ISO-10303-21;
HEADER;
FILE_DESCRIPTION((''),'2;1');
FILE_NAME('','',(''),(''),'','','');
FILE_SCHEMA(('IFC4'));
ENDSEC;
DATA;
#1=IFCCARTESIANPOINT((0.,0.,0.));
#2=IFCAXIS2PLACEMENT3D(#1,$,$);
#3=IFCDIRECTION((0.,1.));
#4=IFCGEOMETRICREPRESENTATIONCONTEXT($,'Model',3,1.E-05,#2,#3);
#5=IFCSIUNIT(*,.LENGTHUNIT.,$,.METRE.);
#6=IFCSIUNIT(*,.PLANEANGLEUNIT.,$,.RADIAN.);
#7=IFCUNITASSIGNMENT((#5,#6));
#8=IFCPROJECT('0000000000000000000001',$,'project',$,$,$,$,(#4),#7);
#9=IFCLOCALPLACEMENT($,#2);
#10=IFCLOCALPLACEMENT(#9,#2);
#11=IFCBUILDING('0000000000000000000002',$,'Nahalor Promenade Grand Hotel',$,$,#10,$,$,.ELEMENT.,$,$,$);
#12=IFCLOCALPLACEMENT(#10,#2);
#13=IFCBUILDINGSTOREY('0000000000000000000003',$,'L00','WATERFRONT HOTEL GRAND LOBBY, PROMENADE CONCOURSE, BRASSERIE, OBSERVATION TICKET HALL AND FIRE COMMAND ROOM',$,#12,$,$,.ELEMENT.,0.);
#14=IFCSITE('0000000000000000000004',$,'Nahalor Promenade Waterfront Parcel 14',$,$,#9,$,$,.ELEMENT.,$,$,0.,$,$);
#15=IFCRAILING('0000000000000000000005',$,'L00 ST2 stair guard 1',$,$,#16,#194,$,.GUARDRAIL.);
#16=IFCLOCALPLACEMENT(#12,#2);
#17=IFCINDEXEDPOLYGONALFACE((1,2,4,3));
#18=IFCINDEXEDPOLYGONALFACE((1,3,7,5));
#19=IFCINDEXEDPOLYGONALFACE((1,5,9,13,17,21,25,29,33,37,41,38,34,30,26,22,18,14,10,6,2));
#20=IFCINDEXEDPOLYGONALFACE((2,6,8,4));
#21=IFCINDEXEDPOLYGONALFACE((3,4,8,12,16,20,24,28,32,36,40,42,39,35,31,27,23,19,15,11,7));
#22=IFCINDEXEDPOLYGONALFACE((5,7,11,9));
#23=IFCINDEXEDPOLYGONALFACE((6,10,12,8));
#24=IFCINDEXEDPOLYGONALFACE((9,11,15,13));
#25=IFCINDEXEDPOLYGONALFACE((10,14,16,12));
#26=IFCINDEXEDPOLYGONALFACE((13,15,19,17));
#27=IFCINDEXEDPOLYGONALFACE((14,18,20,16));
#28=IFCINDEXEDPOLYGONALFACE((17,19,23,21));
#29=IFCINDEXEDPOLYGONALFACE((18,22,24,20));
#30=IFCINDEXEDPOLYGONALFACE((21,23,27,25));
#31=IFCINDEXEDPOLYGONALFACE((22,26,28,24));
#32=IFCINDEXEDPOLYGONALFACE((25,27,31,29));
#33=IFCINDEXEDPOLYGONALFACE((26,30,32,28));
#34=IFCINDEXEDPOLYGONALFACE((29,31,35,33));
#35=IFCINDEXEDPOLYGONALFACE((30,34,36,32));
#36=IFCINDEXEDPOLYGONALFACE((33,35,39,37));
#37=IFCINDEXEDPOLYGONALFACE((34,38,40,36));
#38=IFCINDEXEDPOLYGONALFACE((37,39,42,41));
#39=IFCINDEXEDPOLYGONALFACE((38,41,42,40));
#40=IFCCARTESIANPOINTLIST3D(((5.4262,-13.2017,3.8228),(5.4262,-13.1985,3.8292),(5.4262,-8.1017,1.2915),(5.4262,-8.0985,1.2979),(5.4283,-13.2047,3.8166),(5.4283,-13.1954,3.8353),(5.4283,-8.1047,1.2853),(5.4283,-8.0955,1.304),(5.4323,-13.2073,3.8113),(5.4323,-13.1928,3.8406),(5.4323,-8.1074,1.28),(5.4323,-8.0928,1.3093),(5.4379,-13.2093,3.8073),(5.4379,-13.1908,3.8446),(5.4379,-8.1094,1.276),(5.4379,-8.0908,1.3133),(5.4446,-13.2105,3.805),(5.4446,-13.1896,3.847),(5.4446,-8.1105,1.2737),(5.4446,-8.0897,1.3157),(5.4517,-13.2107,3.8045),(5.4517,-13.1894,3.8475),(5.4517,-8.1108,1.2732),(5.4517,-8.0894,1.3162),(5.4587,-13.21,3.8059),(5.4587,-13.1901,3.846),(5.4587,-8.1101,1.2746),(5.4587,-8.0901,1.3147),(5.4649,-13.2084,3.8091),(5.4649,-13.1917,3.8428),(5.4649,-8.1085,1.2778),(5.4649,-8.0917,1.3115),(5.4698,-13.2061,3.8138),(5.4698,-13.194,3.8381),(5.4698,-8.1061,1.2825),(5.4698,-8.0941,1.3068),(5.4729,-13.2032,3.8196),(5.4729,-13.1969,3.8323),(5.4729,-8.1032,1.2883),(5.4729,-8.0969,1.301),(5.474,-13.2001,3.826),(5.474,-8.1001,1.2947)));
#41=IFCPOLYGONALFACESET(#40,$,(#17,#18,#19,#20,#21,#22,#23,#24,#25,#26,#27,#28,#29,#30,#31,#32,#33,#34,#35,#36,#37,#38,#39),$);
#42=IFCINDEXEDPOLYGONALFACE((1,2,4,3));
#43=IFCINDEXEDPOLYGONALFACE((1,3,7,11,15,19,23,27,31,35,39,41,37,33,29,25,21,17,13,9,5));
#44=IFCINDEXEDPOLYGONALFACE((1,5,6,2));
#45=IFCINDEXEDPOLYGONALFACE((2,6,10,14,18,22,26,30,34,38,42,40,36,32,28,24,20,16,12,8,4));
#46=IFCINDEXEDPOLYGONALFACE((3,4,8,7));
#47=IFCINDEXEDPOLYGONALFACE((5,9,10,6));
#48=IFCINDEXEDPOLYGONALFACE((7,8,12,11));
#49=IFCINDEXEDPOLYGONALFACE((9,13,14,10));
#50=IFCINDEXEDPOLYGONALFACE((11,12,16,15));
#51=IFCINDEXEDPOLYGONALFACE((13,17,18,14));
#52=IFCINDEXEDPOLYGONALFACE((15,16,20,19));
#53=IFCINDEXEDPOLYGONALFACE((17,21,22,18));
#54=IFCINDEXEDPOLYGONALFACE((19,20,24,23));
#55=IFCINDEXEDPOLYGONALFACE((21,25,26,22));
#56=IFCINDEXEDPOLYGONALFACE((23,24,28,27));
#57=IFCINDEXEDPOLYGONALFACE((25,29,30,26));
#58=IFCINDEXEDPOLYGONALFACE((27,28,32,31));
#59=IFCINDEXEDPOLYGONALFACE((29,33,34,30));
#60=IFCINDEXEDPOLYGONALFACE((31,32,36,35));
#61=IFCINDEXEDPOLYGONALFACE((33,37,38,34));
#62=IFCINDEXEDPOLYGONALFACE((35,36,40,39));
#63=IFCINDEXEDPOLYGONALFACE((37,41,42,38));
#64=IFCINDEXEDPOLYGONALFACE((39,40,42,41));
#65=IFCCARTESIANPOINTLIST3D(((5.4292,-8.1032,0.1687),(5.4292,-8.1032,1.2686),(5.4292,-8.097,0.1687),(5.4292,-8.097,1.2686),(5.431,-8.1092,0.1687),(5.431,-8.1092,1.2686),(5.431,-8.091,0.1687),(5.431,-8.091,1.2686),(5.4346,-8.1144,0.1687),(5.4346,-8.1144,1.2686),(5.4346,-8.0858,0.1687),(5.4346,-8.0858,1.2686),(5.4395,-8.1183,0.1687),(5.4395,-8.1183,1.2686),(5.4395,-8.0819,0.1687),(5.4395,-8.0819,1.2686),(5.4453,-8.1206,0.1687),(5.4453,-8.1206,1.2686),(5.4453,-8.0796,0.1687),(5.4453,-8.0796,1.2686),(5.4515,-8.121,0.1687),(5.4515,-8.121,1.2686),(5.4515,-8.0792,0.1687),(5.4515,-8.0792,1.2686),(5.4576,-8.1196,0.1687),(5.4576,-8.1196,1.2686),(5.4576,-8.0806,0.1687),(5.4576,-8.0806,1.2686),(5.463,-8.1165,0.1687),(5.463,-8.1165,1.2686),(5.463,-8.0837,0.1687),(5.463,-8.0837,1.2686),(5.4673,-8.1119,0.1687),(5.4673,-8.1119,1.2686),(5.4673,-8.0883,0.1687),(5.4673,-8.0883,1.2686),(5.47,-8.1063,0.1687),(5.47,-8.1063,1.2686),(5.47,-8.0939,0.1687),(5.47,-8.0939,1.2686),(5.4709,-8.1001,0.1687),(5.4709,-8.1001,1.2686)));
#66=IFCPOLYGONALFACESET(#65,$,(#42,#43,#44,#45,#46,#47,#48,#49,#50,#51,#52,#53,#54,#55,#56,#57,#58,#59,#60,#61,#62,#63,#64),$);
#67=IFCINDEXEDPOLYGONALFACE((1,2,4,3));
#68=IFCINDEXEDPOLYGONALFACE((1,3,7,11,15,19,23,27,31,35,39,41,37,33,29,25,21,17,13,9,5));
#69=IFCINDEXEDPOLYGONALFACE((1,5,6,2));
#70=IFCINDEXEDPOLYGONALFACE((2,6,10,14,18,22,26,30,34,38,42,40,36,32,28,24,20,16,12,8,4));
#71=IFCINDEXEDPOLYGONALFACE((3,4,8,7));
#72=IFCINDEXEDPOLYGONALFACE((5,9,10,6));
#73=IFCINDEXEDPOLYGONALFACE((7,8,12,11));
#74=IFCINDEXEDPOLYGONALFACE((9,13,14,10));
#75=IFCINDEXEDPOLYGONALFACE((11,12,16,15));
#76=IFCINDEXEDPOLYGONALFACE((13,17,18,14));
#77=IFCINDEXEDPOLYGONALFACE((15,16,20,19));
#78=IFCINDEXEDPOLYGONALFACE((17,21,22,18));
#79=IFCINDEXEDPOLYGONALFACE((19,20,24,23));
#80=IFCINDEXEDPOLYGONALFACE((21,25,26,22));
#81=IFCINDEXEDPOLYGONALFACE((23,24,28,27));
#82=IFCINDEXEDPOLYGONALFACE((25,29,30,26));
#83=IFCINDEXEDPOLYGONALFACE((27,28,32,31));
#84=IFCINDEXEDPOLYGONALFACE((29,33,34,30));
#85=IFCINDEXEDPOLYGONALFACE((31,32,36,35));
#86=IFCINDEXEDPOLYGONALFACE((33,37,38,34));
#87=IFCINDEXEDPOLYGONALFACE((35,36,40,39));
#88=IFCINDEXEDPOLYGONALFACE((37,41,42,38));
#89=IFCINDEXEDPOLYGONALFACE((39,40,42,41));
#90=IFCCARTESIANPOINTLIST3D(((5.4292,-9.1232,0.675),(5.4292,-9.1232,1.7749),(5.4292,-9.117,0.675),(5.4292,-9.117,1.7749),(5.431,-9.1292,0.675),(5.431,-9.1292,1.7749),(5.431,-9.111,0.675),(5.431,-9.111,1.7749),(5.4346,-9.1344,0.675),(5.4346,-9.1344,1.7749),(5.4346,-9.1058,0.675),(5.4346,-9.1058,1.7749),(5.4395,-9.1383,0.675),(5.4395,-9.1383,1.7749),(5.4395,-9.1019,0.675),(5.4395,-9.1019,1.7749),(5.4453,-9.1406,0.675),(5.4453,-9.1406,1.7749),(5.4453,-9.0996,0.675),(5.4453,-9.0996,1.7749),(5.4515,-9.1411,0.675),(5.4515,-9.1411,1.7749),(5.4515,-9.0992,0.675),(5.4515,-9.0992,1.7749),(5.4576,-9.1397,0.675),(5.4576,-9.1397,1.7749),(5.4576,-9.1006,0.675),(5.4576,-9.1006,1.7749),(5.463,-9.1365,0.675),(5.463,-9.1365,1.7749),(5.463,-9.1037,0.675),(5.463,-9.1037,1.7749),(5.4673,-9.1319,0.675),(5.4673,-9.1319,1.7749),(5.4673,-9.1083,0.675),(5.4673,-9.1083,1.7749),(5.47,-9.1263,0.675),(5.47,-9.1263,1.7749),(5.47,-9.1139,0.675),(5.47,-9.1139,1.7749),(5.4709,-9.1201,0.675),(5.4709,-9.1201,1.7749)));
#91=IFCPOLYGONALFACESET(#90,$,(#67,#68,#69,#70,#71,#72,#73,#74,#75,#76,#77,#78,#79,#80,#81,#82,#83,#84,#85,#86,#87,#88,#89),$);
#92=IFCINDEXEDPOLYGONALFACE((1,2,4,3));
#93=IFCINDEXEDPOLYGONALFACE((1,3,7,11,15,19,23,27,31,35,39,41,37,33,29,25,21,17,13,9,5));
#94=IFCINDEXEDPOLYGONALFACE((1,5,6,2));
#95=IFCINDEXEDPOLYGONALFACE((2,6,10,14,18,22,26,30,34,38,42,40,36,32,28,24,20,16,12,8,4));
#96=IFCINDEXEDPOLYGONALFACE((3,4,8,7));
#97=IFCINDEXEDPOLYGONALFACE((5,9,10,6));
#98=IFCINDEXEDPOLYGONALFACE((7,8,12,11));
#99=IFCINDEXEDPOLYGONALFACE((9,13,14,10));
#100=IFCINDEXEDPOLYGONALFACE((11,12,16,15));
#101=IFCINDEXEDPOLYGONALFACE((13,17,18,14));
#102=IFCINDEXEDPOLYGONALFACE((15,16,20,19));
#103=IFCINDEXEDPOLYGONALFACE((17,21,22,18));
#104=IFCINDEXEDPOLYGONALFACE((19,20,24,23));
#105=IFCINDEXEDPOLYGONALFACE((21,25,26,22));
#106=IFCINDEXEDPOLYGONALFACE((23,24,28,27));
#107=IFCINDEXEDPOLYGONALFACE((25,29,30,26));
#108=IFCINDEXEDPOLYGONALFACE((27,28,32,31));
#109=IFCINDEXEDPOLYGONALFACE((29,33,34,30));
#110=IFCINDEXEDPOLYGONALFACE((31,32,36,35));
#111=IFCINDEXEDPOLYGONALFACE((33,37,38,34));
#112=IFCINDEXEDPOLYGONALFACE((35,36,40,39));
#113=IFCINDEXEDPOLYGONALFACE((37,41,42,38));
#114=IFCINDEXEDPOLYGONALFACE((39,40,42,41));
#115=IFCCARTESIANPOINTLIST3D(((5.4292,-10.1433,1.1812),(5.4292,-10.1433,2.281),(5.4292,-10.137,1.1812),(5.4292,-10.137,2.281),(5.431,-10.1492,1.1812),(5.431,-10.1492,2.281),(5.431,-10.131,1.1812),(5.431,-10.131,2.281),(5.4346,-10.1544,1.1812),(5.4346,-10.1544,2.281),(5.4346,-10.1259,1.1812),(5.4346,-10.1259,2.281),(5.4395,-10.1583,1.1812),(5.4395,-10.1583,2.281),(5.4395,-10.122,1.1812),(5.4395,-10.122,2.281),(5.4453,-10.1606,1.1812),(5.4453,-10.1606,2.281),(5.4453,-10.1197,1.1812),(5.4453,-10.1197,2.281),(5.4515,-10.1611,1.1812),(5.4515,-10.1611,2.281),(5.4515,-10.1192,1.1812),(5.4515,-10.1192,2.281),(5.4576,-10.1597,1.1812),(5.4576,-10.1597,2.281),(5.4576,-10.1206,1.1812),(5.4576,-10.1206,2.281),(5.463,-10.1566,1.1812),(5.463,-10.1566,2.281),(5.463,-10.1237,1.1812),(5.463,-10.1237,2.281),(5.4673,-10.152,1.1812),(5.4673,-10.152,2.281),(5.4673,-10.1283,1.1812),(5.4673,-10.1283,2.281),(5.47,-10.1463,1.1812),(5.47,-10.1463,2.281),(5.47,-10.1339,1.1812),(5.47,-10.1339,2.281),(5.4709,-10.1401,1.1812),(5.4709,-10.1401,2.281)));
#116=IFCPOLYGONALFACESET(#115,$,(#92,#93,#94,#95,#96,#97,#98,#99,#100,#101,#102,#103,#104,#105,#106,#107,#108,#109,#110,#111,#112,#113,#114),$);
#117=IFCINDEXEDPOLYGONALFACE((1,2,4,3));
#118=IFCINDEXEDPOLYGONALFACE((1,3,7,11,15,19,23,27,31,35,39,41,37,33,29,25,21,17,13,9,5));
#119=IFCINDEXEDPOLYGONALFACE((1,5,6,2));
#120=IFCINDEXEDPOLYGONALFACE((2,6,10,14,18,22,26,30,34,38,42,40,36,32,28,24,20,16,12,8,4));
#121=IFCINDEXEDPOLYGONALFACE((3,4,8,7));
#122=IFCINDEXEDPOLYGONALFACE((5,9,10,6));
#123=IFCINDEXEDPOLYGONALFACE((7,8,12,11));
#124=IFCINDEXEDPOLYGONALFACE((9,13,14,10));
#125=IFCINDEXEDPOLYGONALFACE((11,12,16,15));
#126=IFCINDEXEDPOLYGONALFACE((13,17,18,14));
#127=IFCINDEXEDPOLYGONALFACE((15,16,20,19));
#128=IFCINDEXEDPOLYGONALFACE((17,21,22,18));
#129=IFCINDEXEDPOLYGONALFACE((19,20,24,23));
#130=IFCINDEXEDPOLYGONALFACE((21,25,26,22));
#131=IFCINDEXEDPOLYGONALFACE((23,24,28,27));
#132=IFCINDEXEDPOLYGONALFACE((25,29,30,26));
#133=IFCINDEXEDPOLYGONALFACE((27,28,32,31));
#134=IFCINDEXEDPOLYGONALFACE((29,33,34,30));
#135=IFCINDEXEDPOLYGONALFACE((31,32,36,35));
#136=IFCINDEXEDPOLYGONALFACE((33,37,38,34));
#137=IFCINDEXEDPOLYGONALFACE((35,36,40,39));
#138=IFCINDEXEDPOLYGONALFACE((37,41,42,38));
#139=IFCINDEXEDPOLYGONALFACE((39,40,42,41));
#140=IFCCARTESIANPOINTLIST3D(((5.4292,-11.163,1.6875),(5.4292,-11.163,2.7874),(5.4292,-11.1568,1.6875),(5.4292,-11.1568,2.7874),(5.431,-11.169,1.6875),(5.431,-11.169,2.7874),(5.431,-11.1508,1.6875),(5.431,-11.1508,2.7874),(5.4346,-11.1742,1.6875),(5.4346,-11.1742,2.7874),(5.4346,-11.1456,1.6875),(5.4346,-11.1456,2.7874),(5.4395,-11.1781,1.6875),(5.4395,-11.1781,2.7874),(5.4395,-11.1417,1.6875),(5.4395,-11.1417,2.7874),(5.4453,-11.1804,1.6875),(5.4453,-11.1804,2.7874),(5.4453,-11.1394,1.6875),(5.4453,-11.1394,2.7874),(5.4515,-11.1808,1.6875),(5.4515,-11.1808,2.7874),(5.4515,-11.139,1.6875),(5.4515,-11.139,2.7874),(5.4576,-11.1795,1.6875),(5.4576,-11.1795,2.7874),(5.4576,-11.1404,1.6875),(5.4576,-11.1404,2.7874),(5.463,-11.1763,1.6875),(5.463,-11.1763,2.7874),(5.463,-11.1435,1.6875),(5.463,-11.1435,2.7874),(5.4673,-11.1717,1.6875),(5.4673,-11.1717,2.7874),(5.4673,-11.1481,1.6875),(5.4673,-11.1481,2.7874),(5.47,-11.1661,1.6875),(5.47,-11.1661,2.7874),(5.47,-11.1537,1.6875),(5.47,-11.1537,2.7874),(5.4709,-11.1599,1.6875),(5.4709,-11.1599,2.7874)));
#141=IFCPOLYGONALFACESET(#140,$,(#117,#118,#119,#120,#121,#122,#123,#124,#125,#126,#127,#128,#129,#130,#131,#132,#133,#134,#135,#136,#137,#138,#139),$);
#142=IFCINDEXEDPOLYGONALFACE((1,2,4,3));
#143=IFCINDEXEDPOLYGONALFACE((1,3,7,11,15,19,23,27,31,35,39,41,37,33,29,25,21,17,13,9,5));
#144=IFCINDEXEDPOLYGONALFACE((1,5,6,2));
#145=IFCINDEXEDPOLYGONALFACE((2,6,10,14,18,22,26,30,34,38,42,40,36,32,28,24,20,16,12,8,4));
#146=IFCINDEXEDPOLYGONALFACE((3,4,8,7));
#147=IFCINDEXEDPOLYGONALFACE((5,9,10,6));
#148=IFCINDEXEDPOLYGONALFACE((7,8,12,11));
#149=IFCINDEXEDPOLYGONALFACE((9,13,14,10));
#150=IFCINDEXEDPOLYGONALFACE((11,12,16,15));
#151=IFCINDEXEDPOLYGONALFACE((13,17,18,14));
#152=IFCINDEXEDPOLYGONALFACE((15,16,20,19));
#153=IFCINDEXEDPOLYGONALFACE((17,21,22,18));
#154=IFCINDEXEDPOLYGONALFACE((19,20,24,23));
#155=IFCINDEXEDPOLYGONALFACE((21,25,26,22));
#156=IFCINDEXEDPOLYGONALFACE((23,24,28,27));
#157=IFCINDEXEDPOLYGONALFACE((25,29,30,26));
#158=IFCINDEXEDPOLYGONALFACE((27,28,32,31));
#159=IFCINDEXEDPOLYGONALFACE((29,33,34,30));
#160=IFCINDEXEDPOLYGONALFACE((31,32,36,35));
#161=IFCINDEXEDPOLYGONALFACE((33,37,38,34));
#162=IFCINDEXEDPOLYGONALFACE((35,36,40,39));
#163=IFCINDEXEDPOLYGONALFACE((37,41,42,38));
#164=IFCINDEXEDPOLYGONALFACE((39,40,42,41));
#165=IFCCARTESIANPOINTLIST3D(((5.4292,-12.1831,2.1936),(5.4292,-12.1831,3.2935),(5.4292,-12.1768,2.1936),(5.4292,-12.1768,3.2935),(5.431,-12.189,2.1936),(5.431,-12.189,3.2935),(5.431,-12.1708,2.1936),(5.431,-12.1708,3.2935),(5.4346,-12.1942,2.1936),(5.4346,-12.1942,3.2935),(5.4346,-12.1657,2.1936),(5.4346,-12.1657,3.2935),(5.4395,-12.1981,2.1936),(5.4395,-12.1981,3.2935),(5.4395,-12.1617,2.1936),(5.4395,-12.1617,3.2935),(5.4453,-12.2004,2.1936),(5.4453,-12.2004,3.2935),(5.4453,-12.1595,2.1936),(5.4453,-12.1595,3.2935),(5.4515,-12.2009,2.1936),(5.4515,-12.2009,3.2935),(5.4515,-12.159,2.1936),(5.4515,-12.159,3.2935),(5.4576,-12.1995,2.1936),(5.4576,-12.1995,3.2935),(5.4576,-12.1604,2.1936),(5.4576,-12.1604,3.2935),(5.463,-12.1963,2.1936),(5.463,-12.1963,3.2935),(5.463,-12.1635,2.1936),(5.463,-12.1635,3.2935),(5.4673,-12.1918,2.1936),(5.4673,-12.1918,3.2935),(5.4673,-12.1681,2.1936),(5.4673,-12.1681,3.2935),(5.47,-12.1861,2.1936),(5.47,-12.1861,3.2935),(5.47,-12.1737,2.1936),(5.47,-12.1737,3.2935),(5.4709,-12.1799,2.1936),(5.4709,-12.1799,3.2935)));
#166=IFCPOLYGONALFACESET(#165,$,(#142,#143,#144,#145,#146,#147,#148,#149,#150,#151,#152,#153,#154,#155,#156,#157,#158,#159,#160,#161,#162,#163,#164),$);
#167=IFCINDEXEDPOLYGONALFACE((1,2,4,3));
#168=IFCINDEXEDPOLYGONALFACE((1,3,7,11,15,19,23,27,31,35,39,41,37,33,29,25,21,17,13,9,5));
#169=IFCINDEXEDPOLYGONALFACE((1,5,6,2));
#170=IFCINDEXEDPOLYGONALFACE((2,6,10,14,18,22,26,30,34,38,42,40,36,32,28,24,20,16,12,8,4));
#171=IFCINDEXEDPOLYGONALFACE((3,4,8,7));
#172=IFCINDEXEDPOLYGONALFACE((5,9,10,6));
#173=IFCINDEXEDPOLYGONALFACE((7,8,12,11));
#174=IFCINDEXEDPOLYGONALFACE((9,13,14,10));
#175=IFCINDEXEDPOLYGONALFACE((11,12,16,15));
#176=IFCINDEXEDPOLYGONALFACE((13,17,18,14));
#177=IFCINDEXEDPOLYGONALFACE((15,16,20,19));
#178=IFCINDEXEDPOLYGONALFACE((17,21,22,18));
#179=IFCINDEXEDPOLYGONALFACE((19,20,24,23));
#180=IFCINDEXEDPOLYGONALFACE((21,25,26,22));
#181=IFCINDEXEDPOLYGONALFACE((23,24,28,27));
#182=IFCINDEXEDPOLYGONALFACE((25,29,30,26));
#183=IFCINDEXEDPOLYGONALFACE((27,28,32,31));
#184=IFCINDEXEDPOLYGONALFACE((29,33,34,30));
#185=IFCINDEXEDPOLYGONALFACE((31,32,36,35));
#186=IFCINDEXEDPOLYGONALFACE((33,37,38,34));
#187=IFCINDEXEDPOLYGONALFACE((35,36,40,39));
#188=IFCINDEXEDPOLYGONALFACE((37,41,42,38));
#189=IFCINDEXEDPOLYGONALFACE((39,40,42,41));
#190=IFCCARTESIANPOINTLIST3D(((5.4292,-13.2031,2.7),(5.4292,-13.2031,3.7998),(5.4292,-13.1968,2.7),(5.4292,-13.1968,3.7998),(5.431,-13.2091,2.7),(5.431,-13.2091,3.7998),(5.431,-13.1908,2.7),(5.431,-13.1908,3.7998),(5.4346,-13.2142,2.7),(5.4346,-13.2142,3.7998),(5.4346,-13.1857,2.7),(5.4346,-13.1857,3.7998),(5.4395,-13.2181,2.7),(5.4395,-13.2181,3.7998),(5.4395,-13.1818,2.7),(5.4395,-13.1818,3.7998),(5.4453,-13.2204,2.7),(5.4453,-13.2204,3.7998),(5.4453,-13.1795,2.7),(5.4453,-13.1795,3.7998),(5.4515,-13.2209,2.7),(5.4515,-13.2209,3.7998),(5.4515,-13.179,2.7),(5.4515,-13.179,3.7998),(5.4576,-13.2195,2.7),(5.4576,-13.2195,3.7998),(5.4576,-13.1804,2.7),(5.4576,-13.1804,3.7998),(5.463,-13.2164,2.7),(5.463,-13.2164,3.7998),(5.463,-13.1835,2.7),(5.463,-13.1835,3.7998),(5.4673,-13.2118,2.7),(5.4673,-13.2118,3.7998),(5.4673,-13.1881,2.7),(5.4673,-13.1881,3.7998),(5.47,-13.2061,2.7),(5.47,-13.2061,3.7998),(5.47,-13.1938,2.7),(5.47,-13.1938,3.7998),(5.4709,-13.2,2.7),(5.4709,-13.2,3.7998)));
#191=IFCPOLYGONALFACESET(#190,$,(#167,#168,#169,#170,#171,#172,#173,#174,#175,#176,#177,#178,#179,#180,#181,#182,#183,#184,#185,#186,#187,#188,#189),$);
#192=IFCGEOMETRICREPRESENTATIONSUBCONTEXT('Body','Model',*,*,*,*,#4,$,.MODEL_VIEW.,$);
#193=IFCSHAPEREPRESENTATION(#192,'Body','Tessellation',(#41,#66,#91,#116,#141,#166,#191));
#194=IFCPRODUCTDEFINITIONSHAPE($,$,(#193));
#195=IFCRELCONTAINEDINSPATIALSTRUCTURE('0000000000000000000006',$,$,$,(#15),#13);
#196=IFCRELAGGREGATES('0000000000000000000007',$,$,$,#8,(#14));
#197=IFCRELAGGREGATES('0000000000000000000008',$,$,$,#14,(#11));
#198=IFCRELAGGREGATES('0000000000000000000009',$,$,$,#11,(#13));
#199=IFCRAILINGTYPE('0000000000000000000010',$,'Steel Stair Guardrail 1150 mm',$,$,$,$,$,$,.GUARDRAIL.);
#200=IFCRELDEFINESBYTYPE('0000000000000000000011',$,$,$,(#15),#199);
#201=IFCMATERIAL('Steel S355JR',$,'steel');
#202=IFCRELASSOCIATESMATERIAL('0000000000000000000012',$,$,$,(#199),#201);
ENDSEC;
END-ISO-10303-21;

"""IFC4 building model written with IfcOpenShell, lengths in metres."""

from ifc_helpers import new_model, si_unit, direction, frame, origin, origin_2d, place, context, subcontext, project, spatial, circle, extrude, material, type_object, element, save


model = new_model("IFC4")

# Units and contexts
model_context = context("Model", 3, precision=1e-05, world=origin(), true_north=direction((0.0, 1.0)))
body_context = subcontext(model_context, "Body", "Model", "MODEL_VIEW")
ifc_project = project(units=[si_unit("LENGTHUNIT", "METRE"), si_unit("PLANEANGLEUNIT", "RADIAN")], contexts=[model_context])

# Site, building, storey
site_placement = place(None, origin())
site = spatial("IfcSite", under=ifc_project, at=site_placement, Name="Nahalor Promenade Waterfront Parcel 14", CompositionType="ELEMENT", RefElevation=0.0)
building_placement = place(site_placement, origin())
building = spatial("IfcBuilding", under=site, at=building_placement, Name="Nahalor Promenade Grand Hotel", CompositionType="ELEMENT")
storey_placement = place(building_placement, origin())
storey = spatial("IfcBuildingStorey", under=building, at=storey_placement, Name="L00", Description="WATERFRONT HOTEL GRAND LOBBY, PROMENADE CONCOURSE, BRASSERIE, OBSERVATION TICKET HALL AND FIRE COMMAND ROOM", CompositionType="ELEMENT", Elevation=0.0)

# Shared definitions
ifc_material_1 = material(Name="Steel S355JR", Category="steel")

# Railing
railing_type_1 = type_object("IfcRailingType", Name="Steel Stair Guardrail 1150 mm", PredefinedType="GUARDRAIL", material=ifc_material_1)
railing_1_placement = place(storey_placement, frame((5.45, -8.1001, 0.1687)))
element("IfcRailing", 1, at=railing_1_placement, inside=storey, type_object=railing_type_1, Name="L00 ST2 stair guard 1", PredefinedType="GUARDRAIL", context=body_context, shape_type="SweptSolid", body=[
    extrude(circle(Radius=0.024, at=origin_2d()), frame((0.0, 0.0, 1.126), z_axis=(0.0, -0.895735, 0.444587), x_axis=(1.0, 0.0, 0.0)), (0.0, 0.0, 1.0), 5.6936),
    extrude(circle(Radius=0.021, at=origin_2d()), origin(), (0.0, 0.0, 1.0), 1.0999),
    extrude(circle(Radius=0.021, at=origin_2d()), frame((0.0, -1.02, 0.5063)), (0.0, 0.0, 1.0), 1.0999),
    extrude(circle(Radius=0.021, at=origin_2d()), frame((0.0, -2.04, 1.0125)), (0.0, 0.0, 1.0), 1.0999),
    extrude(circle(Radius=0.021, at=origin_2d()), frame((0.0, -3.0598, 1.5188)), (0.0, 0.0, 1.0), 1.0999),
    extrude(circle(Radius=0.021, at=origin_2d()), frame((0.0, -4.0798, 2.0249)), (0.0, 0.0, 1.0), 1.0999),
    extrude(circle(Radius=0.021, at=origin_2d()), frame((0.0, -5.0999, 2.5312)), (0.0, 0.0, 1.0), 1.0999),
])

save(model, "model.ifc")
